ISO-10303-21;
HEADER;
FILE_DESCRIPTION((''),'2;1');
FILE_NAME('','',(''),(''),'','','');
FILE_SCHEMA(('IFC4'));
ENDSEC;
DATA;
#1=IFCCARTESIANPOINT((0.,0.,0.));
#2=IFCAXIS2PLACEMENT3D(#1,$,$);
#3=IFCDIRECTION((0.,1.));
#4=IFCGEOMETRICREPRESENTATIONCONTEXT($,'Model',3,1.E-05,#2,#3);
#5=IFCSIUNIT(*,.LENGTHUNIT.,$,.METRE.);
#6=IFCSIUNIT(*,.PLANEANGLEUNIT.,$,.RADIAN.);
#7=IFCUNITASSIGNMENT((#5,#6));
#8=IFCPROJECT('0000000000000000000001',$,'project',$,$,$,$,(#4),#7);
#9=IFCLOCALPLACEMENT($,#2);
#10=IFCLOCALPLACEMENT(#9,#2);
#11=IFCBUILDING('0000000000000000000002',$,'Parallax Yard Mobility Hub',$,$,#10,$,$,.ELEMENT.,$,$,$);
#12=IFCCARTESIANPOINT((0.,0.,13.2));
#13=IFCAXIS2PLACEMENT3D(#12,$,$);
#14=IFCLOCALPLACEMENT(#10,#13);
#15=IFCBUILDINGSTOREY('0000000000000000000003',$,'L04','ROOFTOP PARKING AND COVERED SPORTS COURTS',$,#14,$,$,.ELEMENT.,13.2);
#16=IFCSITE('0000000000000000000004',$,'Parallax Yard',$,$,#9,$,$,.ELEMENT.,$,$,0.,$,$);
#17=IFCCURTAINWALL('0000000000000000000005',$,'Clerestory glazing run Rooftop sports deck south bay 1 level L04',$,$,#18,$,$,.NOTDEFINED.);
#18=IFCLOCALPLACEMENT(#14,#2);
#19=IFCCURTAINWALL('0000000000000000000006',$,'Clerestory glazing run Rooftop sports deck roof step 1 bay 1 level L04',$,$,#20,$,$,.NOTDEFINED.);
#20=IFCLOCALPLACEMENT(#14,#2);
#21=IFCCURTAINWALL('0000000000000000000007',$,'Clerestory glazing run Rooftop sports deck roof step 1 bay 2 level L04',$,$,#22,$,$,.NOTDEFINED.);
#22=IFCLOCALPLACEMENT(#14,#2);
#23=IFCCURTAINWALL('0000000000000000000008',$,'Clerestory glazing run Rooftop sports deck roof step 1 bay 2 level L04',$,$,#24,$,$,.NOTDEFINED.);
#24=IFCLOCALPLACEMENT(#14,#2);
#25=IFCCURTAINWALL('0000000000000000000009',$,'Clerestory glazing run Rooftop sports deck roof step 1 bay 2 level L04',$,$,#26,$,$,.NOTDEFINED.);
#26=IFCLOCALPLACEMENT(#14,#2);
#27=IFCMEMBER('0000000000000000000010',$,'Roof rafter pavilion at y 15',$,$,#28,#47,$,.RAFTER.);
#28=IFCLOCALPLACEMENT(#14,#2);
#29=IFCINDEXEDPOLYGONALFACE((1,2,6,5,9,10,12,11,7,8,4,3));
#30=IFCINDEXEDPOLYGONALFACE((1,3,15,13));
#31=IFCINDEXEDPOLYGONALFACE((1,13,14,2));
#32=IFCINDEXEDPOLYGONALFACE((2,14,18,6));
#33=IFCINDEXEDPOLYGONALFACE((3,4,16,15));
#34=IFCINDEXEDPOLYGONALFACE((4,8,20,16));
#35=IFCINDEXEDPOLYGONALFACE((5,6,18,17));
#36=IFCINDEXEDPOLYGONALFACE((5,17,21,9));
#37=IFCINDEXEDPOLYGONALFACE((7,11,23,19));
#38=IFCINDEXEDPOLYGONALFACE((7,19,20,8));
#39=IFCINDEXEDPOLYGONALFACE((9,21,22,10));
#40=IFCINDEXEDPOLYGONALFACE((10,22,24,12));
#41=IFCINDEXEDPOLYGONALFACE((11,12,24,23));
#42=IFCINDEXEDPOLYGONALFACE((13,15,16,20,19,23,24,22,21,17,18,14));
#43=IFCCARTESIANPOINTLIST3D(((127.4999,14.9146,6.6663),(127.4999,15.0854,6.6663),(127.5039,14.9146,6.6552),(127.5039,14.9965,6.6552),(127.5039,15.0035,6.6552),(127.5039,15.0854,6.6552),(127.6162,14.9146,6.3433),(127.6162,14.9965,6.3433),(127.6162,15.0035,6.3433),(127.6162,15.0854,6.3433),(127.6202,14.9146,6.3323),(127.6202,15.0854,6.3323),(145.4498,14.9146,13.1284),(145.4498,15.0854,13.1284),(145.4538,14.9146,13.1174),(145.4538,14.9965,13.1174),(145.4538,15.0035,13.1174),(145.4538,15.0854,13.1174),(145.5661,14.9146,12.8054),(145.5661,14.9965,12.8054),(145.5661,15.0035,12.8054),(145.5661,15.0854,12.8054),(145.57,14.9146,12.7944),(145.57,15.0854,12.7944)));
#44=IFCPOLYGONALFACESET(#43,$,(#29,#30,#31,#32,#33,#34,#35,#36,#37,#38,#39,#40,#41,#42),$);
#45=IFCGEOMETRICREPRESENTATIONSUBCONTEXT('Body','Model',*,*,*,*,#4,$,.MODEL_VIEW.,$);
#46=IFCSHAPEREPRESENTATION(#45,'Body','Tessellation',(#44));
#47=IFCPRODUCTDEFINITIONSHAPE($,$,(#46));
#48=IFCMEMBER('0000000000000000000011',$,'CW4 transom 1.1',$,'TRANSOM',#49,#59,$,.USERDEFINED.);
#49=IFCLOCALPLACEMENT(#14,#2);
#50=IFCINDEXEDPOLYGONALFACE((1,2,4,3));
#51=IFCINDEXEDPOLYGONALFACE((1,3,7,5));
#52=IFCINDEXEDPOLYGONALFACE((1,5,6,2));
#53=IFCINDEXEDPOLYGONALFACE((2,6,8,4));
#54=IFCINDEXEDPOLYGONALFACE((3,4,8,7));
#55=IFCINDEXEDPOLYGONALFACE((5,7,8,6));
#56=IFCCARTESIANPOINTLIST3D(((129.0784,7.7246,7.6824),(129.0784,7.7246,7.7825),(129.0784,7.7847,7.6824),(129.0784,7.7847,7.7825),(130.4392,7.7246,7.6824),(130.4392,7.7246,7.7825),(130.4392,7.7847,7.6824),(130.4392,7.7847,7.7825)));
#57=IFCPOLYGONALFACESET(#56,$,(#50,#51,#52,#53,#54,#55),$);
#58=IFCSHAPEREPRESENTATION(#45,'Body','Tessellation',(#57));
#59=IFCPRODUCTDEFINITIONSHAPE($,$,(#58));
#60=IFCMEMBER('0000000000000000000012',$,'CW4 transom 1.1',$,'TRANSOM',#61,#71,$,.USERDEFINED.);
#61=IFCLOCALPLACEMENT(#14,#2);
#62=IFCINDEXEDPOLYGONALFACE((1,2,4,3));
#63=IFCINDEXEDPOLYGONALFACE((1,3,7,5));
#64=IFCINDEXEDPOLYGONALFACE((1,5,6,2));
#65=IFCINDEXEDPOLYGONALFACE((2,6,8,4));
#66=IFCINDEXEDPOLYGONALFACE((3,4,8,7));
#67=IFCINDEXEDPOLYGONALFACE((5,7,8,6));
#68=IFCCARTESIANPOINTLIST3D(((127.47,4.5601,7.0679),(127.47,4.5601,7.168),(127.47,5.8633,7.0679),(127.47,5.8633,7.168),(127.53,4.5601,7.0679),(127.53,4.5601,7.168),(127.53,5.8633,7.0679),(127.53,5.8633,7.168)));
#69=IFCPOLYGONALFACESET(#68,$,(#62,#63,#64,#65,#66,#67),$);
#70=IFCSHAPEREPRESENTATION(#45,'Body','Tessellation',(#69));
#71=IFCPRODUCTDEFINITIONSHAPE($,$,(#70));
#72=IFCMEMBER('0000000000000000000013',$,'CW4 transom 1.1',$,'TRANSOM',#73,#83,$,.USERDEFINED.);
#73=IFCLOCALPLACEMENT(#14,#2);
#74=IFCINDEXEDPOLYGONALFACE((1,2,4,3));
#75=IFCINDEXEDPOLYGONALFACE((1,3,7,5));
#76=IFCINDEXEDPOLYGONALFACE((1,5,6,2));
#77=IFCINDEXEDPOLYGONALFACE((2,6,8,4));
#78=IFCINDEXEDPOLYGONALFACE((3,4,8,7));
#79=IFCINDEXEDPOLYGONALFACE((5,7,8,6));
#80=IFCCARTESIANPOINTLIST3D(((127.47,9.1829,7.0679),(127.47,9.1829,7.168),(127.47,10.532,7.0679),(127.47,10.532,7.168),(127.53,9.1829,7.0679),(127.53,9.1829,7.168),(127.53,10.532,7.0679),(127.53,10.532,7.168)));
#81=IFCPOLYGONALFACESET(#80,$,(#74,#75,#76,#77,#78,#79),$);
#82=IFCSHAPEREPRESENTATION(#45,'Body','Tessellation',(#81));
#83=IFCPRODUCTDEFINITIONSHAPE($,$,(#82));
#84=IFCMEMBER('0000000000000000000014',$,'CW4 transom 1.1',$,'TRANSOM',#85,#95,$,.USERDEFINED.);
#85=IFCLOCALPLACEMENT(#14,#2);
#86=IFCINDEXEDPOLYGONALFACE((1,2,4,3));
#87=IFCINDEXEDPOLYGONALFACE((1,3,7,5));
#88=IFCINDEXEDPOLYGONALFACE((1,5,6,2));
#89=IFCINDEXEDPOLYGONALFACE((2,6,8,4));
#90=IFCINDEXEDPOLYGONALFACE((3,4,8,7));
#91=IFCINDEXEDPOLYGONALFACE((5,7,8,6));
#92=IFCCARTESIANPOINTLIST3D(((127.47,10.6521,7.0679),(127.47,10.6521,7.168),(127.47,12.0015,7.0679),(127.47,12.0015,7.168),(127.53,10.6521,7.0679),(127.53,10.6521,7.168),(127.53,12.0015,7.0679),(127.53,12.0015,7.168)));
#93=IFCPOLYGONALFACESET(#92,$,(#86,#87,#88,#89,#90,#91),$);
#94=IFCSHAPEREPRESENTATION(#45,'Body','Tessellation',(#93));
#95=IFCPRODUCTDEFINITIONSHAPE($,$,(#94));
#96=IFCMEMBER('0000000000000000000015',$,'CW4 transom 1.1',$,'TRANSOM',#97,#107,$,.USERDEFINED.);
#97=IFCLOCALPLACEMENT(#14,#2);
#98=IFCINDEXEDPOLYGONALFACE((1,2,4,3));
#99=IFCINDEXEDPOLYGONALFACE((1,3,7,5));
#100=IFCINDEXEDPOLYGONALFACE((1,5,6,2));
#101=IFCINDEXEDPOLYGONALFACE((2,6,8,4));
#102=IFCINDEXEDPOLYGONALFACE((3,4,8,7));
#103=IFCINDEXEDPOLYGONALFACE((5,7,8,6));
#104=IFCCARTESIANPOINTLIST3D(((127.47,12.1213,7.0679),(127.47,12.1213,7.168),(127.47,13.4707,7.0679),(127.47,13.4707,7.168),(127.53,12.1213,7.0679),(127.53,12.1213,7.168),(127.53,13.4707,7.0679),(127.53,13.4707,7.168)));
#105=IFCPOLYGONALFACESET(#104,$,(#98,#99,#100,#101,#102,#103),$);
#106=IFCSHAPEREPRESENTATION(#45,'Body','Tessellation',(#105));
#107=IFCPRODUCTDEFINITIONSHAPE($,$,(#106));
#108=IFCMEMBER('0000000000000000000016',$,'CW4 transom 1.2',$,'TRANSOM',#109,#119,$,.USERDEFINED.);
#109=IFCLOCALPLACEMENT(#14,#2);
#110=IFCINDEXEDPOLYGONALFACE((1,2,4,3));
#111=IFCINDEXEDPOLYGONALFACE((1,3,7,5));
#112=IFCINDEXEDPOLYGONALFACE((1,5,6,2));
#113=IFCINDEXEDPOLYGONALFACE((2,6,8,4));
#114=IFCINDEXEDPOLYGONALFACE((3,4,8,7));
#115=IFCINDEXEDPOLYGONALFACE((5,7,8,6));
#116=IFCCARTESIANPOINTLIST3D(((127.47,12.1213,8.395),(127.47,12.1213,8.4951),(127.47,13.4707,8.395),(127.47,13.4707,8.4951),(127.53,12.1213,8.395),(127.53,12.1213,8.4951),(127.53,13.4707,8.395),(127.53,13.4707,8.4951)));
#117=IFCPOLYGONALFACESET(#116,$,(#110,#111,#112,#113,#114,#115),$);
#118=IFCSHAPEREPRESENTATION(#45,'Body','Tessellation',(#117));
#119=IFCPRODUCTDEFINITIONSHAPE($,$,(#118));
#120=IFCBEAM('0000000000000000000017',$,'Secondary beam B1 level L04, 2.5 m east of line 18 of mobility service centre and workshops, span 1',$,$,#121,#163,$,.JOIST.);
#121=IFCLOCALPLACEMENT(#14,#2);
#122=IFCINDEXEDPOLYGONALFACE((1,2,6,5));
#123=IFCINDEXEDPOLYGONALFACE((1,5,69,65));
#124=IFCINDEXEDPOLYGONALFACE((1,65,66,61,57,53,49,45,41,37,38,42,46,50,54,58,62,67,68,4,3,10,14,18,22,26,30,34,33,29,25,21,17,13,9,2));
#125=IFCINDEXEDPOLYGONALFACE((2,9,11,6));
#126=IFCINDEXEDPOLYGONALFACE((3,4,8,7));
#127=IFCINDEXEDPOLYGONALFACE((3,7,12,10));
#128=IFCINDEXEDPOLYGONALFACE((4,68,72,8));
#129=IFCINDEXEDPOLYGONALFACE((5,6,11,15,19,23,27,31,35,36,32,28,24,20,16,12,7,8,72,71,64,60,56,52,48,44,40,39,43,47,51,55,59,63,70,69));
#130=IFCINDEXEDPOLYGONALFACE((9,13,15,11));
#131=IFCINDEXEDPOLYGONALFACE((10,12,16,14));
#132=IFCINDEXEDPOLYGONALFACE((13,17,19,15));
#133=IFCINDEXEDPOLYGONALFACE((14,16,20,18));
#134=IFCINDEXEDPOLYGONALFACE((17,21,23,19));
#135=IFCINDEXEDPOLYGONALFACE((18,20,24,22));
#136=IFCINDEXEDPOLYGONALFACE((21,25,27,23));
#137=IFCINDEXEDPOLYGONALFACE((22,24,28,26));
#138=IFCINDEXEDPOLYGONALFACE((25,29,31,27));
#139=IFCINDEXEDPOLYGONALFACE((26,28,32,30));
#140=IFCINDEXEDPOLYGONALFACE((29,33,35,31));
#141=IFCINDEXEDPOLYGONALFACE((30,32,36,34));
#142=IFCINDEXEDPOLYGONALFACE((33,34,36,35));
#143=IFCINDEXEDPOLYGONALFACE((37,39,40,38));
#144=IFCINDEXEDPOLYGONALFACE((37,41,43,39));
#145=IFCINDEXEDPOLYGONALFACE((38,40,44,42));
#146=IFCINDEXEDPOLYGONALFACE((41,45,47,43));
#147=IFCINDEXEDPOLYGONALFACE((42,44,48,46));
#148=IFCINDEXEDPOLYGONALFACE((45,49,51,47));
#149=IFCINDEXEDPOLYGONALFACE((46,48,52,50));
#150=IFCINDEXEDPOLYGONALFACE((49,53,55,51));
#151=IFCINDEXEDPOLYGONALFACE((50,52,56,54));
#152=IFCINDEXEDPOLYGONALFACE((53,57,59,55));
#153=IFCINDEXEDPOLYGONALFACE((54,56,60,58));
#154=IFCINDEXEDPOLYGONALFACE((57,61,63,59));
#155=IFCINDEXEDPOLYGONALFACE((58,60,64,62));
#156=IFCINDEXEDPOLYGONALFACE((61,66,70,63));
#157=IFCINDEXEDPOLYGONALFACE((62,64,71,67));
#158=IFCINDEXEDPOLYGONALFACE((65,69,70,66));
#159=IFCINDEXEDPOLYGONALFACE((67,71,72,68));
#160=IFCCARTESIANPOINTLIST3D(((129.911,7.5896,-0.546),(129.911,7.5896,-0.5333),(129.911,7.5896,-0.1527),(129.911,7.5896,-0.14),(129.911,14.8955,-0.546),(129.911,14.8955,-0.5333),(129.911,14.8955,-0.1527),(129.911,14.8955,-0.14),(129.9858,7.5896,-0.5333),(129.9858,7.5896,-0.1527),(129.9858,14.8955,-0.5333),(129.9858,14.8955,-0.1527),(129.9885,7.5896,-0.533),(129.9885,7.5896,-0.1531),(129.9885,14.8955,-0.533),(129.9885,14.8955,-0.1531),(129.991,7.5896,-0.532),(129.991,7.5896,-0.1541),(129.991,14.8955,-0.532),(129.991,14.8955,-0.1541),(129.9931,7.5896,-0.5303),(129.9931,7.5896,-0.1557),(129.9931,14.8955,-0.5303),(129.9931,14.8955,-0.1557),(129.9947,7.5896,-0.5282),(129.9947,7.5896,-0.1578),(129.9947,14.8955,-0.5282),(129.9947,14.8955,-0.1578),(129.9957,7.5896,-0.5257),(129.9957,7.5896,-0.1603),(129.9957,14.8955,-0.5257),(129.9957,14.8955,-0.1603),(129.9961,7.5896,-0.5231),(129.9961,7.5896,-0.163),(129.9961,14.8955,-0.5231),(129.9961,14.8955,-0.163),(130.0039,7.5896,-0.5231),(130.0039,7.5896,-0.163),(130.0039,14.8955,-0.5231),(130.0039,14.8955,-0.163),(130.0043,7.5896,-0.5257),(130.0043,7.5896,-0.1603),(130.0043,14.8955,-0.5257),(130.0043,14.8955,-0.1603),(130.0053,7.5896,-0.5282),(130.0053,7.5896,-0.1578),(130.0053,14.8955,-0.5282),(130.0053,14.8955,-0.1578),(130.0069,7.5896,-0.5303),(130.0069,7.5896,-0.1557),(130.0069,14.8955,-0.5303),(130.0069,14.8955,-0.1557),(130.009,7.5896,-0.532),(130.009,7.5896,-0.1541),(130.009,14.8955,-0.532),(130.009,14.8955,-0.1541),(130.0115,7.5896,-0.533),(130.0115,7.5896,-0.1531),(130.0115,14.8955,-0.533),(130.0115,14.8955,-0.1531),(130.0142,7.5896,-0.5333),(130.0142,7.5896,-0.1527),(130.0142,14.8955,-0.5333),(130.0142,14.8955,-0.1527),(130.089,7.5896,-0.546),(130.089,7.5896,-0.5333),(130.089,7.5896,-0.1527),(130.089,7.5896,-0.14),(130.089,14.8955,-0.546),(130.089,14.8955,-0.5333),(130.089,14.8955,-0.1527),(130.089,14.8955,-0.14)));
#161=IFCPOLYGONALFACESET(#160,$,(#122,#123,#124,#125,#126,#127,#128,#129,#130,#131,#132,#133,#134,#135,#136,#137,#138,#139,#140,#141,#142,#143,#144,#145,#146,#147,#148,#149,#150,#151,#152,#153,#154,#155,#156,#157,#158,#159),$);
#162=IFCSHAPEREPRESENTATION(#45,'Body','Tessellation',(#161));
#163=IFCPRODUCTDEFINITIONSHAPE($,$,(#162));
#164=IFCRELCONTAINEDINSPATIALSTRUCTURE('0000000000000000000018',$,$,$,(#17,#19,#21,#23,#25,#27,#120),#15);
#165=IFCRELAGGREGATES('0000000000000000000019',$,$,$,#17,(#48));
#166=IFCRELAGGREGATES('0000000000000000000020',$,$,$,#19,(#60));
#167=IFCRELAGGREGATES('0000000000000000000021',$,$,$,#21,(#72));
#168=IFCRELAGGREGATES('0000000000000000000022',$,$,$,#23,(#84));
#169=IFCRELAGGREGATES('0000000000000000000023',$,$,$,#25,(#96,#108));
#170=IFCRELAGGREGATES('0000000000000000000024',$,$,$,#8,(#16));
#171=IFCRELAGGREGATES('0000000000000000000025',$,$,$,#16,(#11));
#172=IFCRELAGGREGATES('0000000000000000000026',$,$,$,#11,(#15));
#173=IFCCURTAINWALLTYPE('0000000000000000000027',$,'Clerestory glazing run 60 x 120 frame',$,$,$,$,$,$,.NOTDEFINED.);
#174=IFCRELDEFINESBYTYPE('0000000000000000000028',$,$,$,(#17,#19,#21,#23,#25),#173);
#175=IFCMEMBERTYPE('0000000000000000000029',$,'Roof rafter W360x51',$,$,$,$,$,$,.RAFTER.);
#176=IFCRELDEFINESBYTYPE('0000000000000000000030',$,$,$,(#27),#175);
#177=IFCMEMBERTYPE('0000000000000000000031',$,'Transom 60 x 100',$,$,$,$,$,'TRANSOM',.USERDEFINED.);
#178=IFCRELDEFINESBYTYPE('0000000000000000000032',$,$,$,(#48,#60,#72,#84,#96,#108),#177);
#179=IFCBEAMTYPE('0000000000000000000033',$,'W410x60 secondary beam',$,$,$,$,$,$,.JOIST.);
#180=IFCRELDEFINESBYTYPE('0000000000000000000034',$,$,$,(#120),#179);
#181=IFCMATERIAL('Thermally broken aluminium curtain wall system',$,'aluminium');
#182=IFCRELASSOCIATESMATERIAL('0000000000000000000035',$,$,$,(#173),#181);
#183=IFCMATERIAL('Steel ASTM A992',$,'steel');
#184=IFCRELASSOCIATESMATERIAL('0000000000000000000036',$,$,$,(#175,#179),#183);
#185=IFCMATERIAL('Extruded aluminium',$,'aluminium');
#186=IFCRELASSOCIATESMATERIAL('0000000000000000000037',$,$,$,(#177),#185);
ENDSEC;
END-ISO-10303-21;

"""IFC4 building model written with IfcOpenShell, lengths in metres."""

from ifc_helpers import new_model, si_unit, direction, frame, origin, origin_2d, place, context, subcontext, project, spatial, rectangle, i_section, extrude, material, material_profile, profile_set, type_object, element, aggregate, save


model = new_model("IFC4")

# Units and contexts
model_context = context("Model", 3, precision=1e-05, world=origin(), true_north=direction((0.0, 1.0)))
body_context = subcontext(model_context, "Body", "Model", "MODEL_VIEW")
ifc_project = project(units=[si_unit("LENGTHUNIT", "METRE"), si_unit("PLANEANGLEUNIT", "RADIAN")], contexts=[model_context])

# Site, building, storey
site_placement = place(None, origin())
site = spatial("IfcSite", under=ifc_project, at=site_placement, Name="Parallax Yard", CompositionType="ELEMENT", RefElevation=0.0)
building_placement = place(site_placement, origin())
building = spatial("IfcBuilding", under=site, at=building_placement, Name="Parallax Yard Mobility Hub", CompositionType="ELEMENT")
storey_placement = place(building_placement, frame((0.0, 0.0, 13.2)))
storey = spatial("IfcBuildingStorey", under=building, at=storey_placement, Name="L04", Description="ROOFTOP PARKING AND COVERED SPORTS COURTS", CompositionType="ELEMENT", Elevation=13.2)

# Curtain walls
ifc_material_1 = material(Name="Thermally broken aluminium curtain wall system", Category="aluminium")
curtain_wall_type = type_object("IfcCurtainWallType", Name="Clerestory glazing run 60 x 120 frame", PredefinedType="NOTDEFINED", material=ifc_material_1)
curtain_wall_1_placement = place(storey_placement, origin())
curtain_wall_1 = element("IfcCurtainWall", 1, at=curtain_wall_1_placement, inside=storey, type_object=curtain_wall_type, Name="Clerestory glazing run Rooftop sports deck south bay 1 level L04", PredefinedType="NOTDEFINED")
ifc_material_2 = material(Name="Extruded aluminium", Category="aluminium")
curtain_wall_2_placement = place(storey_placement, origin())
curtain_wall_2 = element("IfcCurtainWall", 2, at=curtain_wall_2_placement, inside=storey, type_object=curtain_wall_type, Name="Clerestory glazing run Rooftop sports deck roof step 1 bay 1 level L04", PredefinedType="NOTDEFINED")
curtain_wall_3_placement = place(storey_placement, origin())
curtain_wall_3 = element("IfcCurtainWall", 3, at=curtain_wall_3_placement, inside=storey, type_object=curtain_wall_type, Name="Clerestory glazing run Rooftop sports deck roof step 1 bay 2 level L04", PredefinedType="NOTDEFINED")
curtain_wall_4_placement = place(storey_placement, origin())
curtain_wall_4 = element("IfcCurtainWall", 4, at=curtain_wall_4_placement, inside=storey, type_object=curtain_wall_type, Name="Clerestory glazing run Rooftop sports deck roof step 1 bay 2 level L04", PredefinedType="NOTDEFINED")
curtain_wall_5_placement = place(storey_placement, origin())
curtain_wall_5 = element("IfcCurtainWall", 5, at=curtain_wall_5_placement, inside=storey, type_object=curtain_wall_type, Name="Clerestory glazing run Rooftop sports deck roof step 1 bay 2 level L04", PredefinedType="NOTDEFINED")

# Member
ifc_material_3 = material(Name="Steel ASTM A992", Category="steel")
ifc_material_profile_1 = material_profile(ifc_material_3, i_section(OverallWidth=0.1709, OverallDepth=0.355, WebThickness=0.0071, FlangeThickness=0.0117, at=origin_2d()), Name="W360x51")
ifc_profile_set_1 = profile_set([ifc_material_profile_1], Name="Steel ASTM A992")
member_type_1 = type_object("IfcMemberType", Name="Roof rafter W360x51", PredefinedType="RAFTER", material=ifc_profile_set_1)
for number, where, z_axis, x_axis, name in (
    (6, (127.5601, 15.0, 6.4993), (0.940884, 0.0, 0.338728), (0.0, 1.0, 0.0), "Roof rafter pavilion at y 15"),
):
    element("IfcMember", number, at=place(storey_placement, frame(where, z_axis=z_axis, x_axis=x_axis)), inside=storey, type_object=member_type_1, Name=name, PredefinedType="RAFTER", context=body_context, shape_type="SweptSolid", body=[
        extrude(i_section(OverallWidth=0.1709, OverallDepth=0.355, WebThickness=0.0071, FlangeThickness=0.0117, at=origin_2d()), origin(), (0.0, 0.0, 1.0), 19.0776),
    ])

# Members
ifc_material_profile_2 = material_profile(ifc_material_2, rectangle(XDim=0.0601, YDim=0.1001, at=origin_2d()), Name="Transom 60 x 100")
ifc_profile_set_2 = profile_set([ifc_material_profile_2], Name="Extruded aluminium")
member_type_2 = type_object("IfcMemberType", Name="Transom 60 x 100", ElementType="TRANSOM", PredefinedType="USERDEFINED", material=ifc_profile_set_2)
member_1_placement = place(storey_placement, frame((129.0784, 7.7546, 7.7324), z_axis=(1.0, 0.0, 0.0), x_axis=(0.0, 1.0, 0.0)))
member_1 = element("IfcMember", 7, at=member_1_placement, type_object=member_type_2, Name="CW4 transom 1.1", ObjectType="TRANSOM", PredefinedType="USERDEFINED", context=body_context, shape_type="SweptSolid", body=[
    extrude(rectangle(XDim=0.0601, YDim=0.1001, at=origin_2d()), origin(), (0.0, 0.0, 1.0), 1.3608),
])
member_2_placement = place(storey_placement, frame((127.5, 4.5601, 7.1179), z_axis=(0.0, 1.0, 0.0), x_axis=(-1.0, 0.0, 0.0)))
member_2 = element("IfcMember", 8, at=member_2_placement, type_object=member_type_2, Name="CW4 transom 1.1", ObjectType="TRANSOM", PredefinedType="USERDEFINED", context=body_context, shape_type="SweptSolid", body=[
    extrude(rectangle(XDim=0.0601, YDim=0.1001, at=origin_2d()), origin(), (0.0, 0.0, 1.0), 1.3032),
])
member_3_placement = place(storey_placement, frame((127.5, 9.1829, 7.1179), z_axis=(0.0, 1.0, 0.0), x_axis=(-1.0, 0.0, 0.0)))
member_3 = element("IfcMember", 9, at=member_3_placement, type_object=member_type_2, Name="CW4 transom 1.1", ObjectType="TRANSOM", PredefinedType="USERDEFINED", context=body_context, shape_type="SweptSolid", body=[
    extrude(rectangle(XDim=0.0601, YDim=0.1001, at=origin_2d()), origin(), (0.0, 0.0, 1.0), 1.3491),
])
member_4_placement = place(storey_placement, frame((127.5, 10.6521, 7.1179), z_axis=(0.0, 1.0, 0.0), x_axis=(-1.0, 0.0, 0.0)))
member_4 = element("IfcMember", 10, at=member_4_placement, type_object=member_type_2, Name="CW4 transom 1.1", ObjectType="TRANSOM", PredefinedType="USERDEFINED", context=body_context, shape_type="SweptSolid", body=[
    extrude(rectangle(XDim=0.0601, YDim=0.1001, at=origin_2d()), origin(), (0.0, 0.0, 1.0), 1.3494),
])
member_5_placement = place(storey_placement, frame((127.5, 12.1213, 7.1179), z_axis=(0.0, 1.0, 0.0), x_axis=(-1.0, 0.0, 0.0)))
member_5 = element("IfcMember", 11, at=member_5_placement, type_object=member_type_2, Name="CW4 transom 1.1", ObjectType="TRANSOM", PredefinedType="USERDEFINED", context=body_context, shape_type="SweptSolid", body=[
    extrude(rectangle(XDim=0.0601, YDim=0.1001, at=origin_2d()), origin(), (0.0, 0.0, 1.0), 1.3494),
])
member_6_placement = place(storey_placement, frame((127.5, 12.1213, 8.4451), z_axis=(0.0, 1.0, 0.0), x_axis=(-1.0, 0.0, 0.0)))
member_6 = element("IfcMember", 12, at=member_6_placement, type_object=member_type_2, Name="CW4 transom 1.2", ObjectType="TRANSOM", PredefinedType="USERDEFINED", context=body_context, shape_type="SweptSolid", body=[
    extrude(rectangle(XDim=0.0601, YDim=0.1001, at=origin_2d()), origin(), (0.0, 0.0, 1.0), 1.3494),
])

# Beam
ifc_material_profile_3 = material_profile(ifc_material_3, i_section(OverallWidth=0.178, OverallDepth=0.406, WebThickness=0.0078, FlangeThickness=0.0127, FilletRadius=0.0103, at=origin_2d()), Name="W410x60")
ifc_profile_set_3 = profile_set([ifc_material_profile_3], Name="Steel ASTM A992")
beam_type_1 = type_object("IfcBeamType", Name="W410x60 secondary beam", PredefinedType="JOIST", material=ifc_profile_set_3)
beam_1_placement = place(storey_placement, frame((130.0, 7.5896, -0.343), z_axis=(0.0, 1.0, 0.0), x_axis=(-1.0, 0.0, 0.0)))
element("IfcBeam", 13, at=beam_1_placement, inside=storey, type_object=beam_type_1, Name="Secondary beam B1 level L04, 2.5 m east of line 18 of mobility service centre and workshops, span 1", PredefinedType="JOIST", context=body_context, shape_type="SweptSolid", body=[
    extrude(i_section(OverallWidth=0.178, OverallDepth=0.406, WebThickness=0.0078, FlangeThickness=0.0127, FilletRadius=0.0103, at=origin_2d()), origin(), (0.0, 0.0, 1.0), 7.3059),
])

aggregate(curtain_wall_1, [member_1])
aggregate(curtain_wall_2, [member_2])
aggregate(curtain_wall_3, [member_3])
aggregate(curtain_wall_4, [member_4])
aggregate(curtain_wall_5, [member_5, member_6])

save(model, "model.ifc")
